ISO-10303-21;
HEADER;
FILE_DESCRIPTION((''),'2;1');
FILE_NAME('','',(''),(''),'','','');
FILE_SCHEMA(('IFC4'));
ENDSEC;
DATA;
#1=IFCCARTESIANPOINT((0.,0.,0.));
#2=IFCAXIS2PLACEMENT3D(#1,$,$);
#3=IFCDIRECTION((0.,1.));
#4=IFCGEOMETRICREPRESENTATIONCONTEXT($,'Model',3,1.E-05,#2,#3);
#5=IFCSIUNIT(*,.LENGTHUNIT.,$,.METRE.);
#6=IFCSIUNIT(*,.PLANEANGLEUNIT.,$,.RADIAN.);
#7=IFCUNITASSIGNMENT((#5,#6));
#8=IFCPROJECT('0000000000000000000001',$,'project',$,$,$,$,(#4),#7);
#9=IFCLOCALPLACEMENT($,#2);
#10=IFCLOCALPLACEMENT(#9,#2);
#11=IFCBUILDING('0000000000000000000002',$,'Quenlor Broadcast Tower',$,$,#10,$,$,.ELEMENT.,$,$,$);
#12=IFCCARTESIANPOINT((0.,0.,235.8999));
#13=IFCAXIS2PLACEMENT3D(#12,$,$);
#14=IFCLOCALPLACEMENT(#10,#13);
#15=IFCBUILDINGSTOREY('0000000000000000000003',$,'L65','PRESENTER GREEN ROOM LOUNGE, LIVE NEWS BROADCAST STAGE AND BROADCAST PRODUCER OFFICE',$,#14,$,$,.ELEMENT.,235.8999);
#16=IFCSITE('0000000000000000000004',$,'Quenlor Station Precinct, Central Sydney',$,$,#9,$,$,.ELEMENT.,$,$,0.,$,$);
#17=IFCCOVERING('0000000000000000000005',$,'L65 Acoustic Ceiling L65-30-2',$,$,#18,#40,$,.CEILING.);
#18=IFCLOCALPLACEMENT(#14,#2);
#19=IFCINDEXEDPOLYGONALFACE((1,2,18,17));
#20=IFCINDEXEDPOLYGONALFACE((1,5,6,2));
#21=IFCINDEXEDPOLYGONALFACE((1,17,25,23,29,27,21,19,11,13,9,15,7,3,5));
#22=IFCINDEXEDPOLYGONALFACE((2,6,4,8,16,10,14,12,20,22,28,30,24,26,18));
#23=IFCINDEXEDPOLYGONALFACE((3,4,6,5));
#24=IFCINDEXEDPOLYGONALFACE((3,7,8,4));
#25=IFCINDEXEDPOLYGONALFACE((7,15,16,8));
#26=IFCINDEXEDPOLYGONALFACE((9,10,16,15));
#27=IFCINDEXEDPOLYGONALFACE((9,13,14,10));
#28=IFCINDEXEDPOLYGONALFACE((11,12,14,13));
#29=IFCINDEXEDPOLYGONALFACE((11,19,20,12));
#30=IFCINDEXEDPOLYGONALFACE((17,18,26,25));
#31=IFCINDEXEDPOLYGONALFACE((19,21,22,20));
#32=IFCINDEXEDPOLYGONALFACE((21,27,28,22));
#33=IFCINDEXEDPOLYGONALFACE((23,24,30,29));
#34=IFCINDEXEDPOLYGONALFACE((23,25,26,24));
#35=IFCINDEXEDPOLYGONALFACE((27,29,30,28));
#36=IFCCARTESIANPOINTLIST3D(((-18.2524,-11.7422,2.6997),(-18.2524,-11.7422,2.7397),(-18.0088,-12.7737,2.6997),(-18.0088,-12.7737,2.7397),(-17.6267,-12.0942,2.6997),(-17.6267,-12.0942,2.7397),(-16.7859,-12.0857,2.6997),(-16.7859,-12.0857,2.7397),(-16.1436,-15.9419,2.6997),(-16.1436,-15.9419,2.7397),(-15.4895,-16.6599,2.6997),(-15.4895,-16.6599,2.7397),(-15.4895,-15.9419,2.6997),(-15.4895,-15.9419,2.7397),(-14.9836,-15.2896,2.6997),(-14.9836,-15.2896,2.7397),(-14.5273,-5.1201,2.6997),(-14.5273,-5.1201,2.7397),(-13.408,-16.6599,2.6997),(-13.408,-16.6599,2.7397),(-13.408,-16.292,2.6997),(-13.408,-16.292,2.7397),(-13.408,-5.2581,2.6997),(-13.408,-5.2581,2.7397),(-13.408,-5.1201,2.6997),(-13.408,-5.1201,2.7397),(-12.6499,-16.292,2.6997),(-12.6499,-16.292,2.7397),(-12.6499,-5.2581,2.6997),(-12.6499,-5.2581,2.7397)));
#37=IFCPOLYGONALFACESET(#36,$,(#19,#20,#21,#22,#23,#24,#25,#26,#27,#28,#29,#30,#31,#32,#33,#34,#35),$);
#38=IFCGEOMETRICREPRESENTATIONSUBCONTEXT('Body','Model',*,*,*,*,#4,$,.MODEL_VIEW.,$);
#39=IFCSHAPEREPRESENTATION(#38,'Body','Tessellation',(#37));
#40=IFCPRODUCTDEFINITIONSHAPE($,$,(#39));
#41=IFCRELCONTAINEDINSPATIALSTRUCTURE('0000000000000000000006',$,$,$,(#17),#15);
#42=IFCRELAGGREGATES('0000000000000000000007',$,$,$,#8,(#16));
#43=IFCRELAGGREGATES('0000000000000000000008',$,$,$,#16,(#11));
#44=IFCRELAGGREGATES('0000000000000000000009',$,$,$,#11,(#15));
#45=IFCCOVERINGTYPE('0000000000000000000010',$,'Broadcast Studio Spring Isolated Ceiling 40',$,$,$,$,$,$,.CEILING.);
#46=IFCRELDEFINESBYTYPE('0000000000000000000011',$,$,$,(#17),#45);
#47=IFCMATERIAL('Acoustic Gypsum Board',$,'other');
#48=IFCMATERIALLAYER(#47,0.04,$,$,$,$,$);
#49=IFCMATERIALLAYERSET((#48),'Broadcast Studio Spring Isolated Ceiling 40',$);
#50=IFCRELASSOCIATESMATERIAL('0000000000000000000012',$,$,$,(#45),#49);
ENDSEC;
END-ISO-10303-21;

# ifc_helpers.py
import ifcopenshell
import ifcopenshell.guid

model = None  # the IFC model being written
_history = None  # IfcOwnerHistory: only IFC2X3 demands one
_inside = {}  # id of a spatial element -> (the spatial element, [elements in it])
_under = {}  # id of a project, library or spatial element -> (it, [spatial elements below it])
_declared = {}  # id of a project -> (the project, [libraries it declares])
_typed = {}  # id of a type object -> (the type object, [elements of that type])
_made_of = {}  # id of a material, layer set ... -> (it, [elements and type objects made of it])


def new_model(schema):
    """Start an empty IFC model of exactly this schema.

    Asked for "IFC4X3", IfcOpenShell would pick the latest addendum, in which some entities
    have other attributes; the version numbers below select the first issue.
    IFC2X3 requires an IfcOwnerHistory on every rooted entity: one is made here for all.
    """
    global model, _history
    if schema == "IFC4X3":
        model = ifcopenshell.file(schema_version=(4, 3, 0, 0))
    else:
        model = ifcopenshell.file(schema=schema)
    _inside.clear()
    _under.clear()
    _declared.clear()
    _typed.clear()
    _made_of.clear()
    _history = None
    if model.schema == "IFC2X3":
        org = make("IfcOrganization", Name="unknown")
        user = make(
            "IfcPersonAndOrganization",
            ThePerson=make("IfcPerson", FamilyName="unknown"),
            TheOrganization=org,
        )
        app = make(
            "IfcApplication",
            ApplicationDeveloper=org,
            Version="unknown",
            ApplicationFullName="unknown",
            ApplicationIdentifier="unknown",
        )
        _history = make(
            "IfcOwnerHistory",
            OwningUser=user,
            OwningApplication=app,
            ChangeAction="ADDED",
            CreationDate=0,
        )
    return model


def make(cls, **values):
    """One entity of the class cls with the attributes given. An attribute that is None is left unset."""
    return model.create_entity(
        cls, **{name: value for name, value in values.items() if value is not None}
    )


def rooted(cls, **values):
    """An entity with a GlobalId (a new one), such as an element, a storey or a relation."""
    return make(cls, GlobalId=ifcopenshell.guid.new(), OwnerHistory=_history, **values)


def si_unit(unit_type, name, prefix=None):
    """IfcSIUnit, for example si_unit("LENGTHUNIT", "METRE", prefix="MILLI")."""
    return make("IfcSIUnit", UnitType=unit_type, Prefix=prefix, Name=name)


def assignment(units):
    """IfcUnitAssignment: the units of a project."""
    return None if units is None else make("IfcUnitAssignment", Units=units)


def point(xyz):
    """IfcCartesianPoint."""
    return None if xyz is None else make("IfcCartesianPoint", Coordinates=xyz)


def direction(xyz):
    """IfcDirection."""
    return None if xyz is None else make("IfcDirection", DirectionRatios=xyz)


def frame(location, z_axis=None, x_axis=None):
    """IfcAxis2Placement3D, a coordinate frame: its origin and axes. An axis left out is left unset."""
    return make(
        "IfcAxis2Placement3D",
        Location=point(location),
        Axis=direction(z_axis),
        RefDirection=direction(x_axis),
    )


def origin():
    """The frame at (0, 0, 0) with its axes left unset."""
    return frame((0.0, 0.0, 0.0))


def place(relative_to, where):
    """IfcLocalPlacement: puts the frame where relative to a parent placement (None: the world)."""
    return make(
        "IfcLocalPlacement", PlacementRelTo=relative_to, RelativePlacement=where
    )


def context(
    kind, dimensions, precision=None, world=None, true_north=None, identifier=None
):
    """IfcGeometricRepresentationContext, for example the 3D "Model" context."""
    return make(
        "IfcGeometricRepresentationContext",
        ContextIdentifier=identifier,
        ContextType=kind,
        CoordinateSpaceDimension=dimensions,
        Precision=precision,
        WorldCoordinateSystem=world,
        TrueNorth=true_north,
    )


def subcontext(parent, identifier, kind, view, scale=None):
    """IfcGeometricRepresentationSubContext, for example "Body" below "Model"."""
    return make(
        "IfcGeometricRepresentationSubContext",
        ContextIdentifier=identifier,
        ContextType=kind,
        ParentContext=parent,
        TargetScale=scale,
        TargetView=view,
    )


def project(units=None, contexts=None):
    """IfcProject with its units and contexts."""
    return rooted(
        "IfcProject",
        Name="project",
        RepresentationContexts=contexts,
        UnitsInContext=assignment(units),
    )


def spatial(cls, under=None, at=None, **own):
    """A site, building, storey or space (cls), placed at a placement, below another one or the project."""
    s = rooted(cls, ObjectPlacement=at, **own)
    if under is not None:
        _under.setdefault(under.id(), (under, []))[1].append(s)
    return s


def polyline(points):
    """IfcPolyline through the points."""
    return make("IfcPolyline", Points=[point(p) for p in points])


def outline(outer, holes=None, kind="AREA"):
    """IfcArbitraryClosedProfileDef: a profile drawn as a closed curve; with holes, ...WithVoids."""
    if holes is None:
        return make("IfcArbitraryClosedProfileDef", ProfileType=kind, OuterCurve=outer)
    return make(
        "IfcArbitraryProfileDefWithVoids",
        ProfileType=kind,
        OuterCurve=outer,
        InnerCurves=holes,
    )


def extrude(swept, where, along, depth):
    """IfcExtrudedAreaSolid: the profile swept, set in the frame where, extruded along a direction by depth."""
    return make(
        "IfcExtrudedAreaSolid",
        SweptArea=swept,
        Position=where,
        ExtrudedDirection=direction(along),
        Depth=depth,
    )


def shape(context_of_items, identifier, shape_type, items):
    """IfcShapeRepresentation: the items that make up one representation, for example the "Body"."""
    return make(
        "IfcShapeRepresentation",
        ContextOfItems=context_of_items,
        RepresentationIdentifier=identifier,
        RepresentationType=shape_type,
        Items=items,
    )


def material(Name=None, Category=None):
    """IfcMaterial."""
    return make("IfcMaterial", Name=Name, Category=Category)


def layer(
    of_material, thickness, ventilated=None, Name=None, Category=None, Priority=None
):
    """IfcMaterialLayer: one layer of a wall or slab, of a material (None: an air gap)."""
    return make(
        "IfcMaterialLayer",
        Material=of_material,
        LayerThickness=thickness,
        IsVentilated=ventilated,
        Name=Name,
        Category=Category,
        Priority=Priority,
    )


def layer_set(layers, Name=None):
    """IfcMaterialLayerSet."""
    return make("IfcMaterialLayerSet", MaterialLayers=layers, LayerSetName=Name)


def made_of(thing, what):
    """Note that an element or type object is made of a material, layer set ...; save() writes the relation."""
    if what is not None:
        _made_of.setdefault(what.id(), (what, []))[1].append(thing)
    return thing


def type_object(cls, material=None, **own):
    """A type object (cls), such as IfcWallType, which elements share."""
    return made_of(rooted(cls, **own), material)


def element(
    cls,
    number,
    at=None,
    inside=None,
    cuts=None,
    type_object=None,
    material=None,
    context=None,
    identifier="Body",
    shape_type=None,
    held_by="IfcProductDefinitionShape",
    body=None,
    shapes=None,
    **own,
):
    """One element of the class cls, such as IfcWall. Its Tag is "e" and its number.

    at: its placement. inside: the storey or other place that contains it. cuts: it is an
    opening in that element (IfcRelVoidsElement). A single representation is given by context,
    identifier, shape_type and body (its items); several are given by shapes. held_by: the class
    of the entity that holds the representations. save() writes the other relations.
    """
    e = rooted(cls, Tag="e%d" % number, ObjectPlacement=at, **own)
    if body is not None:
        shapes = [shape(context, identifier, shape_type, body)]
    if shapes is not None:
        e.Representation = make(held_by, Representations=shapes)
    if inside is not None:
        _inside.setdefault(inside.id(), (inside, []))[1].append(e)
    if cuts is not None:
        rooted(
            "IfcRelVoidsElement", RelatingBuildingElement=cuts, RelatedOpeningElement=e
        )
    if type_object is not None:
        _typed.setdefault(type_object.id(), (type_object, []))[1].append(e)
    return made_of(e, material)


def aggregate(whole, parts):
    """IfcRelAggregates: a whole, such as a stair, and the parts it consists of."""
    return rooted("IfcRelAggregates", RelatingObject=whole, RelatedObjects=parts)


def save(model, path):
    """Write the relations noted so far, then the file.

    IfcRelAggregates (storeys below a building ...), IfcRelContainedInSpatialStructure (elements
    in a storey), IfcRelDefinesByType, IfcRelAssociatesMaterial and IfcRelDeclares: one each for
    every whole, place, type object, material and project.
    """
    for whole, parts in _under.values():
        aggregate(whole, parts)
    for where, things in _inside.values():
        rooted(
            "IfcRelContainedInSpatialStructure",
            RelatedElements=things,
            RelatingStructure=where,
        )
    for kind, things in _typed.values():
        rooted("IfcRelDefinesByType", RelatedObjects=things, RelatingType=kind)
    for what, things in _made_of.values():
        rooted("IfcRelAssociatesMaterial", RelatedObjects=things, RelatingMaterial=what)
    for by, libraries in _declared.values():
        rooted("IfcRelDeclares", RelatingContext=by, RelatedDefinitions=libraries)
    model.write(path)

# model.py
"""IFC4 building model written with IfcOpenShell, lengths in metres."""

from ifc_helpers import new_model, si_unit, direction, frame, origin, place, context, subcontext, project, spatial, polyline, outline, extrude, material, layer, layer_set, type_object, element, save


model = new_model("IFC4")

# Units and contexts
model_context = context("Model", 3, precision=1e-05, world=origin(), true_north=direction((0.0, 1.0)))
body_context = subcontext(model_context, "Body", "Model", "MODEL_VIEW")
ifc_project = project(units=[si_unit("LENGTHUNIT", "METRE"), si_unit("PLANEANGLEUNIT", "RADIAN")], contexts=[model_context])

# Site, building, storey
site_placement = place(None, origin())
site = spatial("IfcSite", under=ifc_project, at=site_placement, Name="Quenlor Station Precinct, Central Sydney", CompositionType="ELEMENT", RefElevation=0.0)
building_placement = place(site_placement, origin())
building = spatial("IfcBuilding", under=site, at=building_placement, Name="Quenlor Broadcast Tower", CompositionType="ELEMENT")
storey_placement = place(building_placement, frame((0.0, 0.0, 235.8999)))
storey = spatial("IfcBuildingStorey", under=building, at=storey_placement, Name="L65", Description="PRESENTER GREEN ROOM LOUNGE, LIVE NEWS BROADCAST STAGE AND BROADCAST PRODUCER OFFICE", CompositionType="ELEMENT", Elevation=235.8999)

# Covering
ifc_material_1 = material(Name="Acoustic Gypsum Board", Category="other")
ifc_layer_1 = layer(ifc_material_1, 0.04)
ifc_layer_set_1 = layer_set([ifc_layer_1], Name="Broadcast Studio Spring Isolated Ceiling 40")
covering_type_1 = type_object("IfcCoveringType", Name="Broadcast Studio Spring Isolated Ceiling 40", PredefinedType="CEILING", material=ifc_layer_set_1)
covering_1_placement = place(storey_placement, frame((0.0, 0.0, 2.6997)))
element("IfcCovering", 1, at=covering_1_placement, inside=storey, type_object=covering_type_1, Name="L65 Acoustic Ceiling L65-30-2", PredefinedType="CEILING", context=body_context, shape_type="SweptSolid", body=[
    extrude(outline(polyline([(-17.6267, -12.0942), (-18.2524, -11.7422), (-14.5273, -5.1201), (-13.408, -5.1201), (-13.408, -5.2581), (-12.6499, -5.2581), (-12.6499, -16.292), (-13.408, -16.292), (-13.408, -16.6599), (-15.4895, -16.6599), (-15.4895, -15.9419), (-16.1436, -15.9419), (-14.9836, -15.2896), (-16.7859, -12.0857), (-18.0088, -12.7737), (-17.6267, -12.0942)])), origin(), (0.0, 0.0, 1.0), 0.04),
])

save(model, "model.ifc")
